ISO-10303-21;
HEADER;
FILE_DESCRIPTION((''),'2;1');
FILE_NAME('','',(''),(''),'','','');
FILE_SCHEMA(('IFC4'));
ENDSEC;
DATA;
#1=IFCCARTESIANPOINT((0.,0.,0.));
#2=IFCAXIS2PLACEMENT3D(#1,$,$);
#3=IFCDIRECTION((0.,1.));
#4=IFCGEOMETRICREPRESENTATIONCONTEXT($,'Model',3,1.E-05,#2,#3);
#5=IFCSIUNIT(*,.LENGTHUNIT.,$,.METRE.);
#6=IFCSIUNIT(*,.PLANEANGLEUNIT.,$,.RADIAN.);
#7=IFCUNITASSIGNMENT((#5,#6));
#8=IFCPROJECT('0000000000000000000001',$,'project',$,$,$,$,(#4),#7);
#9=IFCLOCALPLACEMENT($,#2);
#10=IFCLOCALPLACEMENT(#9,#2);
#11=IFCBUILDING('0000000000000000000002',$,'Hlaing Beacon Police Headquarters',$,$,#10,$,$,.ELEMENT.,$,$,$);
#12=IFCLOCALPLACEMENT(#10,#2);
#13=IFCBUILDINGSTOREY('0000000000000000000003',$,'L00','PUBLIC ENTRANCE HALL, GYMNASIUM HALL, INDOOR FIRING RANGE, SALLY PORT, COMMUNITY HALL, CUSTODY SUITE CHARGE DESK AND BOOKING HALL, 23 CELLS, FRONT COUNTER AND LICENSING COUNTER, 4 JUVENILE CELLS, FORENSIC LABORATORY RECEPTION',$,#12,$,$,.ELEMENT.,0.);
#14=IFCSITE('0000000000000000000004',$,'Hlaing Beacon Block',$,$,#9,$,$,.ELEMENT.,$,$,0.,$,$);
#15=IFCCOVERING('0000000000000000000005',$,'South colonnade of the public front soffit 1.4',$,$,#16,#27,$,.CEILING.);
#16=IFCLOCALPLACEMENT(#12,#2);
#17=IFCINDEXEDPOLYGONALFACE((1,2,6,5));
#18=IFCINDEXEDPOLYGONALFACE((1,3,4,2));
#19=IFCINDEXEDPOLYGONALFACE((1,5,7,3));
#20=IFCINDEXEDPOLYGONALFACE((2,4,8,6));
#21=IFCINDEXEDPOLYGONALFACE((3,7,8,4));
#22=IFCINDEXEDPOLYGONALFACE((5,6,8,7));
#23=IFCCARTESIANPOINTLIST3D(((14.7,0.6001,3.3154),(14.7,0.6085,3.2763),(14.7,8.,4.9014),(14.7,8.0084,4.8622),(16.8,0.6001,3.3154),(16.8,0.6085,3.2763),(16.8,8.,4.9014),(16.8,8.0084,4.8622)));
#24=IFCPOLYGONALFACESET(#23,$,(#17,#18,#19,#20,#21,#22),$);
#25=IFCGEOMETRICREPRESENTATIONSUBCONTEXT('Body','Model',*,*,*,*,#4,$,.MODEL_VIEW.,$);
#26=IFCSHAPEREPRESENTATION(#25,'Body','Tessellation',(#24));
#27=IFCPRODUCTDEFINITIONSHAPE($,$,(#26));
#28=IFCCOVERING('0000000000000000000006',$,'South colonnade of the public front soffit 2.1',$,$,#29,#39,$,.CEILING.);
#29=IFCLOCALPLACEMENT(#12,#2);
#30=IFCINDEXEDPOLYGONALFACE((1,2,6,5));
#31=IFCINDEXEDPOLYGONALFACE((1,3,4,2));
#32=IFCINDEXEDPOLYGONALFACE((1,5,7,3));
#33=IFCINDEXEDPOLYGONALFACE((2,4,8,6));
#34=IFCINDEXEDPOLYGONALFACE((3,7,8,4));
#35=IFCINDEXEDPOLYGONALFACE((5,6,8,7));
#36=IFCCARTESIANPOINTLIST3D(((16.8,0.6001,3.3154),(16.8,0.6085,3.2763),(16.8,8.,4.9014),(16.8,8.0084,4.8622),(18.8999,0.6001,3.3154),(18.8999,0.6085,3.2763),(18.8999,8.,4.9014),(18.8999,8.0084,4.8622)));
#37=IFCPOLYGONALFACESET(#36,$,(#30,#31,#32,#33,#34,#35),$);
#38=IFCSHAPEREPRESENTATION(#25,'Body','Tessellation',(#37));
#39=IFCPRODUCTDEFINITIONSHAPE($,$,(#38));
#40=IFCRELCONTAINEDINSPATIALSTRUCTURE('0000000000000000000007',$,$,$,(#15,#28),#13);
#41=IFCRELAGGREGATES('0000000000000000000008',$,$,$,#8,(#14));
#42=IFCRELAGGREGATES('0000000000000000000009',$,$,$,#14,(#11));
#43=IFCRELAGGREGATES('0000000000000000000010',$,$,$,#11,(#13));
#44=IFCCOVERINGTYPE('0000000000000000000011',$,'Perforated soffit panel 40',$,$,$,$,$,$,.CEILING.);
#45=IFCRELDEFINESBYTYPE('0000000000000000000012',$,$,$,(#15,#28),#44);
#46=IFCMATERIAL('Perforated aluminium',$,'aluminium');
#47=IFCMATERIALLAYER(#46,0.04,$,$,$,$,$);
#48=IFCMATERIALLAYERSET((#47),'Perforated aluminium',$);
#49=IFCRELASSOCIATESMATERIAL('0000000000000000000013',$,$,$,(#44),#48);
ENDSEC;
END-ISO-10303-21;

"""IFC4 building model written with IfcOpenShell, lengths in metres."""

from ifc_helpers import new_model, si_unit, direction, frame, origin, place, context, subcontext, project, spatial, polyline, outline, extrude, material, layer, layer_set, type_object, element, save


model = new_model("IFC4")

# Units and contexts
model_context = context("Model", 3, precision=1e-05, world=origin(), true_north=direction((0.0, 1.0)))
body_context = subcontext(model_context, "Body", "Model", "MODEL_VIEW")
ifc_project = project(units=[si_unit("LENGTHUNIT", "METRE"), si_unit("PLANEANGLEUNIT", "RADIAN")], contexts=[model_context])

# Site, building, storey
site_placement = place(None, origin())
site = spatial("IfcSite", under=ifc_project, at=site_placement, Name="Hlaing Beacon Block", CompositionType="ELEMENT", RefElevation=0.0)
building_placement = place(site_placement, origin())
building = spatial("IfcBuilding", under=site, at=building_placement, Name="Hlaing Beacon Police Headquarters", CompositionType="ELEMENT")
storey_placement = place(building_placement, origin())
storey = spatial("IfcBuildingStorey", under=building, at=storey_placement, Name="L00", Description="PUBLIC ENTRANCE HALL, GYMNASIUM HALL, INDOOR FIRING RANGE, SALLY PORT, COMMUNITY HALL, CUSTODY SUITE CHARGE DESK AND BOOKING HALL, 23 CELLS, FRONT COUNTER AND LICENSING COUNTER, 4 JUVENILE CELLS, FORENSIC LABORATORY RECEPTION", CompositionType="ELEMENT", Elevation=0.0)

# Coverings
ifc_material_1 = material(Name="Perforated aluminium", Category="aluminium")
ifc_layer_1 = layer(ifc_material_1, 0.04)
ifc_layer_set_1 = layer_set([ifc_layer_1], Name="Perforated aluminium")
covering_type_1 = type_object("IfcCoveringType", Name="Perforated soffit panel 40", PredefinedType="CEILING", material=ifc_layer_set_1)
covering_1_placement = place(storey_placement, frame((14.7, 0.6001, 3.3154), z_axis=(0.0, -0.20956, 0.977796), x_axis=(1.0, 0.0, 0.0)))
element("IfcCovering", 1, at=covering_1_placement, inside=storey, type_object=covering_type_1, Name="South colonnade of the public front soffit 1.4", PredefinedType="CEILING", context=body_context, shape_type="SweptSolid", body=[
    extrude(outline(polyline([(0.0, 0.0), (2.1001, 0.0), (2.1001, 7.5679), (0.0, 7.5679), (0.0, 0.0)])), origin(), (0.0, 0.0, -1.0), 0.04),
])
covering_2_placement = place(storey_placement, frame((16.8, 0.6001, 3.3154), z_axis=(0.0, -0.20956, 0.977796), x_axis=(1.0, 0.0, 0.0)))
element("IfcCovering", 2, at=covering_2_placement, inside=storey, type_object=covering_type_1, Name="South colonnade of the public front soffit 2.1", PredefinedType="CEILING", context=body_context, shape_type="SweptSolid", body=[
    extrude(outline(polyline([(0.0, 0.0), (2.0999, 0.0), (2.0999, 7.5679), (0.0, 7.5679), (0.0, 0.0)])), origin(), (0.0, 0.0, -1.0), 0.04),
])

save(model, "model.ifc")
